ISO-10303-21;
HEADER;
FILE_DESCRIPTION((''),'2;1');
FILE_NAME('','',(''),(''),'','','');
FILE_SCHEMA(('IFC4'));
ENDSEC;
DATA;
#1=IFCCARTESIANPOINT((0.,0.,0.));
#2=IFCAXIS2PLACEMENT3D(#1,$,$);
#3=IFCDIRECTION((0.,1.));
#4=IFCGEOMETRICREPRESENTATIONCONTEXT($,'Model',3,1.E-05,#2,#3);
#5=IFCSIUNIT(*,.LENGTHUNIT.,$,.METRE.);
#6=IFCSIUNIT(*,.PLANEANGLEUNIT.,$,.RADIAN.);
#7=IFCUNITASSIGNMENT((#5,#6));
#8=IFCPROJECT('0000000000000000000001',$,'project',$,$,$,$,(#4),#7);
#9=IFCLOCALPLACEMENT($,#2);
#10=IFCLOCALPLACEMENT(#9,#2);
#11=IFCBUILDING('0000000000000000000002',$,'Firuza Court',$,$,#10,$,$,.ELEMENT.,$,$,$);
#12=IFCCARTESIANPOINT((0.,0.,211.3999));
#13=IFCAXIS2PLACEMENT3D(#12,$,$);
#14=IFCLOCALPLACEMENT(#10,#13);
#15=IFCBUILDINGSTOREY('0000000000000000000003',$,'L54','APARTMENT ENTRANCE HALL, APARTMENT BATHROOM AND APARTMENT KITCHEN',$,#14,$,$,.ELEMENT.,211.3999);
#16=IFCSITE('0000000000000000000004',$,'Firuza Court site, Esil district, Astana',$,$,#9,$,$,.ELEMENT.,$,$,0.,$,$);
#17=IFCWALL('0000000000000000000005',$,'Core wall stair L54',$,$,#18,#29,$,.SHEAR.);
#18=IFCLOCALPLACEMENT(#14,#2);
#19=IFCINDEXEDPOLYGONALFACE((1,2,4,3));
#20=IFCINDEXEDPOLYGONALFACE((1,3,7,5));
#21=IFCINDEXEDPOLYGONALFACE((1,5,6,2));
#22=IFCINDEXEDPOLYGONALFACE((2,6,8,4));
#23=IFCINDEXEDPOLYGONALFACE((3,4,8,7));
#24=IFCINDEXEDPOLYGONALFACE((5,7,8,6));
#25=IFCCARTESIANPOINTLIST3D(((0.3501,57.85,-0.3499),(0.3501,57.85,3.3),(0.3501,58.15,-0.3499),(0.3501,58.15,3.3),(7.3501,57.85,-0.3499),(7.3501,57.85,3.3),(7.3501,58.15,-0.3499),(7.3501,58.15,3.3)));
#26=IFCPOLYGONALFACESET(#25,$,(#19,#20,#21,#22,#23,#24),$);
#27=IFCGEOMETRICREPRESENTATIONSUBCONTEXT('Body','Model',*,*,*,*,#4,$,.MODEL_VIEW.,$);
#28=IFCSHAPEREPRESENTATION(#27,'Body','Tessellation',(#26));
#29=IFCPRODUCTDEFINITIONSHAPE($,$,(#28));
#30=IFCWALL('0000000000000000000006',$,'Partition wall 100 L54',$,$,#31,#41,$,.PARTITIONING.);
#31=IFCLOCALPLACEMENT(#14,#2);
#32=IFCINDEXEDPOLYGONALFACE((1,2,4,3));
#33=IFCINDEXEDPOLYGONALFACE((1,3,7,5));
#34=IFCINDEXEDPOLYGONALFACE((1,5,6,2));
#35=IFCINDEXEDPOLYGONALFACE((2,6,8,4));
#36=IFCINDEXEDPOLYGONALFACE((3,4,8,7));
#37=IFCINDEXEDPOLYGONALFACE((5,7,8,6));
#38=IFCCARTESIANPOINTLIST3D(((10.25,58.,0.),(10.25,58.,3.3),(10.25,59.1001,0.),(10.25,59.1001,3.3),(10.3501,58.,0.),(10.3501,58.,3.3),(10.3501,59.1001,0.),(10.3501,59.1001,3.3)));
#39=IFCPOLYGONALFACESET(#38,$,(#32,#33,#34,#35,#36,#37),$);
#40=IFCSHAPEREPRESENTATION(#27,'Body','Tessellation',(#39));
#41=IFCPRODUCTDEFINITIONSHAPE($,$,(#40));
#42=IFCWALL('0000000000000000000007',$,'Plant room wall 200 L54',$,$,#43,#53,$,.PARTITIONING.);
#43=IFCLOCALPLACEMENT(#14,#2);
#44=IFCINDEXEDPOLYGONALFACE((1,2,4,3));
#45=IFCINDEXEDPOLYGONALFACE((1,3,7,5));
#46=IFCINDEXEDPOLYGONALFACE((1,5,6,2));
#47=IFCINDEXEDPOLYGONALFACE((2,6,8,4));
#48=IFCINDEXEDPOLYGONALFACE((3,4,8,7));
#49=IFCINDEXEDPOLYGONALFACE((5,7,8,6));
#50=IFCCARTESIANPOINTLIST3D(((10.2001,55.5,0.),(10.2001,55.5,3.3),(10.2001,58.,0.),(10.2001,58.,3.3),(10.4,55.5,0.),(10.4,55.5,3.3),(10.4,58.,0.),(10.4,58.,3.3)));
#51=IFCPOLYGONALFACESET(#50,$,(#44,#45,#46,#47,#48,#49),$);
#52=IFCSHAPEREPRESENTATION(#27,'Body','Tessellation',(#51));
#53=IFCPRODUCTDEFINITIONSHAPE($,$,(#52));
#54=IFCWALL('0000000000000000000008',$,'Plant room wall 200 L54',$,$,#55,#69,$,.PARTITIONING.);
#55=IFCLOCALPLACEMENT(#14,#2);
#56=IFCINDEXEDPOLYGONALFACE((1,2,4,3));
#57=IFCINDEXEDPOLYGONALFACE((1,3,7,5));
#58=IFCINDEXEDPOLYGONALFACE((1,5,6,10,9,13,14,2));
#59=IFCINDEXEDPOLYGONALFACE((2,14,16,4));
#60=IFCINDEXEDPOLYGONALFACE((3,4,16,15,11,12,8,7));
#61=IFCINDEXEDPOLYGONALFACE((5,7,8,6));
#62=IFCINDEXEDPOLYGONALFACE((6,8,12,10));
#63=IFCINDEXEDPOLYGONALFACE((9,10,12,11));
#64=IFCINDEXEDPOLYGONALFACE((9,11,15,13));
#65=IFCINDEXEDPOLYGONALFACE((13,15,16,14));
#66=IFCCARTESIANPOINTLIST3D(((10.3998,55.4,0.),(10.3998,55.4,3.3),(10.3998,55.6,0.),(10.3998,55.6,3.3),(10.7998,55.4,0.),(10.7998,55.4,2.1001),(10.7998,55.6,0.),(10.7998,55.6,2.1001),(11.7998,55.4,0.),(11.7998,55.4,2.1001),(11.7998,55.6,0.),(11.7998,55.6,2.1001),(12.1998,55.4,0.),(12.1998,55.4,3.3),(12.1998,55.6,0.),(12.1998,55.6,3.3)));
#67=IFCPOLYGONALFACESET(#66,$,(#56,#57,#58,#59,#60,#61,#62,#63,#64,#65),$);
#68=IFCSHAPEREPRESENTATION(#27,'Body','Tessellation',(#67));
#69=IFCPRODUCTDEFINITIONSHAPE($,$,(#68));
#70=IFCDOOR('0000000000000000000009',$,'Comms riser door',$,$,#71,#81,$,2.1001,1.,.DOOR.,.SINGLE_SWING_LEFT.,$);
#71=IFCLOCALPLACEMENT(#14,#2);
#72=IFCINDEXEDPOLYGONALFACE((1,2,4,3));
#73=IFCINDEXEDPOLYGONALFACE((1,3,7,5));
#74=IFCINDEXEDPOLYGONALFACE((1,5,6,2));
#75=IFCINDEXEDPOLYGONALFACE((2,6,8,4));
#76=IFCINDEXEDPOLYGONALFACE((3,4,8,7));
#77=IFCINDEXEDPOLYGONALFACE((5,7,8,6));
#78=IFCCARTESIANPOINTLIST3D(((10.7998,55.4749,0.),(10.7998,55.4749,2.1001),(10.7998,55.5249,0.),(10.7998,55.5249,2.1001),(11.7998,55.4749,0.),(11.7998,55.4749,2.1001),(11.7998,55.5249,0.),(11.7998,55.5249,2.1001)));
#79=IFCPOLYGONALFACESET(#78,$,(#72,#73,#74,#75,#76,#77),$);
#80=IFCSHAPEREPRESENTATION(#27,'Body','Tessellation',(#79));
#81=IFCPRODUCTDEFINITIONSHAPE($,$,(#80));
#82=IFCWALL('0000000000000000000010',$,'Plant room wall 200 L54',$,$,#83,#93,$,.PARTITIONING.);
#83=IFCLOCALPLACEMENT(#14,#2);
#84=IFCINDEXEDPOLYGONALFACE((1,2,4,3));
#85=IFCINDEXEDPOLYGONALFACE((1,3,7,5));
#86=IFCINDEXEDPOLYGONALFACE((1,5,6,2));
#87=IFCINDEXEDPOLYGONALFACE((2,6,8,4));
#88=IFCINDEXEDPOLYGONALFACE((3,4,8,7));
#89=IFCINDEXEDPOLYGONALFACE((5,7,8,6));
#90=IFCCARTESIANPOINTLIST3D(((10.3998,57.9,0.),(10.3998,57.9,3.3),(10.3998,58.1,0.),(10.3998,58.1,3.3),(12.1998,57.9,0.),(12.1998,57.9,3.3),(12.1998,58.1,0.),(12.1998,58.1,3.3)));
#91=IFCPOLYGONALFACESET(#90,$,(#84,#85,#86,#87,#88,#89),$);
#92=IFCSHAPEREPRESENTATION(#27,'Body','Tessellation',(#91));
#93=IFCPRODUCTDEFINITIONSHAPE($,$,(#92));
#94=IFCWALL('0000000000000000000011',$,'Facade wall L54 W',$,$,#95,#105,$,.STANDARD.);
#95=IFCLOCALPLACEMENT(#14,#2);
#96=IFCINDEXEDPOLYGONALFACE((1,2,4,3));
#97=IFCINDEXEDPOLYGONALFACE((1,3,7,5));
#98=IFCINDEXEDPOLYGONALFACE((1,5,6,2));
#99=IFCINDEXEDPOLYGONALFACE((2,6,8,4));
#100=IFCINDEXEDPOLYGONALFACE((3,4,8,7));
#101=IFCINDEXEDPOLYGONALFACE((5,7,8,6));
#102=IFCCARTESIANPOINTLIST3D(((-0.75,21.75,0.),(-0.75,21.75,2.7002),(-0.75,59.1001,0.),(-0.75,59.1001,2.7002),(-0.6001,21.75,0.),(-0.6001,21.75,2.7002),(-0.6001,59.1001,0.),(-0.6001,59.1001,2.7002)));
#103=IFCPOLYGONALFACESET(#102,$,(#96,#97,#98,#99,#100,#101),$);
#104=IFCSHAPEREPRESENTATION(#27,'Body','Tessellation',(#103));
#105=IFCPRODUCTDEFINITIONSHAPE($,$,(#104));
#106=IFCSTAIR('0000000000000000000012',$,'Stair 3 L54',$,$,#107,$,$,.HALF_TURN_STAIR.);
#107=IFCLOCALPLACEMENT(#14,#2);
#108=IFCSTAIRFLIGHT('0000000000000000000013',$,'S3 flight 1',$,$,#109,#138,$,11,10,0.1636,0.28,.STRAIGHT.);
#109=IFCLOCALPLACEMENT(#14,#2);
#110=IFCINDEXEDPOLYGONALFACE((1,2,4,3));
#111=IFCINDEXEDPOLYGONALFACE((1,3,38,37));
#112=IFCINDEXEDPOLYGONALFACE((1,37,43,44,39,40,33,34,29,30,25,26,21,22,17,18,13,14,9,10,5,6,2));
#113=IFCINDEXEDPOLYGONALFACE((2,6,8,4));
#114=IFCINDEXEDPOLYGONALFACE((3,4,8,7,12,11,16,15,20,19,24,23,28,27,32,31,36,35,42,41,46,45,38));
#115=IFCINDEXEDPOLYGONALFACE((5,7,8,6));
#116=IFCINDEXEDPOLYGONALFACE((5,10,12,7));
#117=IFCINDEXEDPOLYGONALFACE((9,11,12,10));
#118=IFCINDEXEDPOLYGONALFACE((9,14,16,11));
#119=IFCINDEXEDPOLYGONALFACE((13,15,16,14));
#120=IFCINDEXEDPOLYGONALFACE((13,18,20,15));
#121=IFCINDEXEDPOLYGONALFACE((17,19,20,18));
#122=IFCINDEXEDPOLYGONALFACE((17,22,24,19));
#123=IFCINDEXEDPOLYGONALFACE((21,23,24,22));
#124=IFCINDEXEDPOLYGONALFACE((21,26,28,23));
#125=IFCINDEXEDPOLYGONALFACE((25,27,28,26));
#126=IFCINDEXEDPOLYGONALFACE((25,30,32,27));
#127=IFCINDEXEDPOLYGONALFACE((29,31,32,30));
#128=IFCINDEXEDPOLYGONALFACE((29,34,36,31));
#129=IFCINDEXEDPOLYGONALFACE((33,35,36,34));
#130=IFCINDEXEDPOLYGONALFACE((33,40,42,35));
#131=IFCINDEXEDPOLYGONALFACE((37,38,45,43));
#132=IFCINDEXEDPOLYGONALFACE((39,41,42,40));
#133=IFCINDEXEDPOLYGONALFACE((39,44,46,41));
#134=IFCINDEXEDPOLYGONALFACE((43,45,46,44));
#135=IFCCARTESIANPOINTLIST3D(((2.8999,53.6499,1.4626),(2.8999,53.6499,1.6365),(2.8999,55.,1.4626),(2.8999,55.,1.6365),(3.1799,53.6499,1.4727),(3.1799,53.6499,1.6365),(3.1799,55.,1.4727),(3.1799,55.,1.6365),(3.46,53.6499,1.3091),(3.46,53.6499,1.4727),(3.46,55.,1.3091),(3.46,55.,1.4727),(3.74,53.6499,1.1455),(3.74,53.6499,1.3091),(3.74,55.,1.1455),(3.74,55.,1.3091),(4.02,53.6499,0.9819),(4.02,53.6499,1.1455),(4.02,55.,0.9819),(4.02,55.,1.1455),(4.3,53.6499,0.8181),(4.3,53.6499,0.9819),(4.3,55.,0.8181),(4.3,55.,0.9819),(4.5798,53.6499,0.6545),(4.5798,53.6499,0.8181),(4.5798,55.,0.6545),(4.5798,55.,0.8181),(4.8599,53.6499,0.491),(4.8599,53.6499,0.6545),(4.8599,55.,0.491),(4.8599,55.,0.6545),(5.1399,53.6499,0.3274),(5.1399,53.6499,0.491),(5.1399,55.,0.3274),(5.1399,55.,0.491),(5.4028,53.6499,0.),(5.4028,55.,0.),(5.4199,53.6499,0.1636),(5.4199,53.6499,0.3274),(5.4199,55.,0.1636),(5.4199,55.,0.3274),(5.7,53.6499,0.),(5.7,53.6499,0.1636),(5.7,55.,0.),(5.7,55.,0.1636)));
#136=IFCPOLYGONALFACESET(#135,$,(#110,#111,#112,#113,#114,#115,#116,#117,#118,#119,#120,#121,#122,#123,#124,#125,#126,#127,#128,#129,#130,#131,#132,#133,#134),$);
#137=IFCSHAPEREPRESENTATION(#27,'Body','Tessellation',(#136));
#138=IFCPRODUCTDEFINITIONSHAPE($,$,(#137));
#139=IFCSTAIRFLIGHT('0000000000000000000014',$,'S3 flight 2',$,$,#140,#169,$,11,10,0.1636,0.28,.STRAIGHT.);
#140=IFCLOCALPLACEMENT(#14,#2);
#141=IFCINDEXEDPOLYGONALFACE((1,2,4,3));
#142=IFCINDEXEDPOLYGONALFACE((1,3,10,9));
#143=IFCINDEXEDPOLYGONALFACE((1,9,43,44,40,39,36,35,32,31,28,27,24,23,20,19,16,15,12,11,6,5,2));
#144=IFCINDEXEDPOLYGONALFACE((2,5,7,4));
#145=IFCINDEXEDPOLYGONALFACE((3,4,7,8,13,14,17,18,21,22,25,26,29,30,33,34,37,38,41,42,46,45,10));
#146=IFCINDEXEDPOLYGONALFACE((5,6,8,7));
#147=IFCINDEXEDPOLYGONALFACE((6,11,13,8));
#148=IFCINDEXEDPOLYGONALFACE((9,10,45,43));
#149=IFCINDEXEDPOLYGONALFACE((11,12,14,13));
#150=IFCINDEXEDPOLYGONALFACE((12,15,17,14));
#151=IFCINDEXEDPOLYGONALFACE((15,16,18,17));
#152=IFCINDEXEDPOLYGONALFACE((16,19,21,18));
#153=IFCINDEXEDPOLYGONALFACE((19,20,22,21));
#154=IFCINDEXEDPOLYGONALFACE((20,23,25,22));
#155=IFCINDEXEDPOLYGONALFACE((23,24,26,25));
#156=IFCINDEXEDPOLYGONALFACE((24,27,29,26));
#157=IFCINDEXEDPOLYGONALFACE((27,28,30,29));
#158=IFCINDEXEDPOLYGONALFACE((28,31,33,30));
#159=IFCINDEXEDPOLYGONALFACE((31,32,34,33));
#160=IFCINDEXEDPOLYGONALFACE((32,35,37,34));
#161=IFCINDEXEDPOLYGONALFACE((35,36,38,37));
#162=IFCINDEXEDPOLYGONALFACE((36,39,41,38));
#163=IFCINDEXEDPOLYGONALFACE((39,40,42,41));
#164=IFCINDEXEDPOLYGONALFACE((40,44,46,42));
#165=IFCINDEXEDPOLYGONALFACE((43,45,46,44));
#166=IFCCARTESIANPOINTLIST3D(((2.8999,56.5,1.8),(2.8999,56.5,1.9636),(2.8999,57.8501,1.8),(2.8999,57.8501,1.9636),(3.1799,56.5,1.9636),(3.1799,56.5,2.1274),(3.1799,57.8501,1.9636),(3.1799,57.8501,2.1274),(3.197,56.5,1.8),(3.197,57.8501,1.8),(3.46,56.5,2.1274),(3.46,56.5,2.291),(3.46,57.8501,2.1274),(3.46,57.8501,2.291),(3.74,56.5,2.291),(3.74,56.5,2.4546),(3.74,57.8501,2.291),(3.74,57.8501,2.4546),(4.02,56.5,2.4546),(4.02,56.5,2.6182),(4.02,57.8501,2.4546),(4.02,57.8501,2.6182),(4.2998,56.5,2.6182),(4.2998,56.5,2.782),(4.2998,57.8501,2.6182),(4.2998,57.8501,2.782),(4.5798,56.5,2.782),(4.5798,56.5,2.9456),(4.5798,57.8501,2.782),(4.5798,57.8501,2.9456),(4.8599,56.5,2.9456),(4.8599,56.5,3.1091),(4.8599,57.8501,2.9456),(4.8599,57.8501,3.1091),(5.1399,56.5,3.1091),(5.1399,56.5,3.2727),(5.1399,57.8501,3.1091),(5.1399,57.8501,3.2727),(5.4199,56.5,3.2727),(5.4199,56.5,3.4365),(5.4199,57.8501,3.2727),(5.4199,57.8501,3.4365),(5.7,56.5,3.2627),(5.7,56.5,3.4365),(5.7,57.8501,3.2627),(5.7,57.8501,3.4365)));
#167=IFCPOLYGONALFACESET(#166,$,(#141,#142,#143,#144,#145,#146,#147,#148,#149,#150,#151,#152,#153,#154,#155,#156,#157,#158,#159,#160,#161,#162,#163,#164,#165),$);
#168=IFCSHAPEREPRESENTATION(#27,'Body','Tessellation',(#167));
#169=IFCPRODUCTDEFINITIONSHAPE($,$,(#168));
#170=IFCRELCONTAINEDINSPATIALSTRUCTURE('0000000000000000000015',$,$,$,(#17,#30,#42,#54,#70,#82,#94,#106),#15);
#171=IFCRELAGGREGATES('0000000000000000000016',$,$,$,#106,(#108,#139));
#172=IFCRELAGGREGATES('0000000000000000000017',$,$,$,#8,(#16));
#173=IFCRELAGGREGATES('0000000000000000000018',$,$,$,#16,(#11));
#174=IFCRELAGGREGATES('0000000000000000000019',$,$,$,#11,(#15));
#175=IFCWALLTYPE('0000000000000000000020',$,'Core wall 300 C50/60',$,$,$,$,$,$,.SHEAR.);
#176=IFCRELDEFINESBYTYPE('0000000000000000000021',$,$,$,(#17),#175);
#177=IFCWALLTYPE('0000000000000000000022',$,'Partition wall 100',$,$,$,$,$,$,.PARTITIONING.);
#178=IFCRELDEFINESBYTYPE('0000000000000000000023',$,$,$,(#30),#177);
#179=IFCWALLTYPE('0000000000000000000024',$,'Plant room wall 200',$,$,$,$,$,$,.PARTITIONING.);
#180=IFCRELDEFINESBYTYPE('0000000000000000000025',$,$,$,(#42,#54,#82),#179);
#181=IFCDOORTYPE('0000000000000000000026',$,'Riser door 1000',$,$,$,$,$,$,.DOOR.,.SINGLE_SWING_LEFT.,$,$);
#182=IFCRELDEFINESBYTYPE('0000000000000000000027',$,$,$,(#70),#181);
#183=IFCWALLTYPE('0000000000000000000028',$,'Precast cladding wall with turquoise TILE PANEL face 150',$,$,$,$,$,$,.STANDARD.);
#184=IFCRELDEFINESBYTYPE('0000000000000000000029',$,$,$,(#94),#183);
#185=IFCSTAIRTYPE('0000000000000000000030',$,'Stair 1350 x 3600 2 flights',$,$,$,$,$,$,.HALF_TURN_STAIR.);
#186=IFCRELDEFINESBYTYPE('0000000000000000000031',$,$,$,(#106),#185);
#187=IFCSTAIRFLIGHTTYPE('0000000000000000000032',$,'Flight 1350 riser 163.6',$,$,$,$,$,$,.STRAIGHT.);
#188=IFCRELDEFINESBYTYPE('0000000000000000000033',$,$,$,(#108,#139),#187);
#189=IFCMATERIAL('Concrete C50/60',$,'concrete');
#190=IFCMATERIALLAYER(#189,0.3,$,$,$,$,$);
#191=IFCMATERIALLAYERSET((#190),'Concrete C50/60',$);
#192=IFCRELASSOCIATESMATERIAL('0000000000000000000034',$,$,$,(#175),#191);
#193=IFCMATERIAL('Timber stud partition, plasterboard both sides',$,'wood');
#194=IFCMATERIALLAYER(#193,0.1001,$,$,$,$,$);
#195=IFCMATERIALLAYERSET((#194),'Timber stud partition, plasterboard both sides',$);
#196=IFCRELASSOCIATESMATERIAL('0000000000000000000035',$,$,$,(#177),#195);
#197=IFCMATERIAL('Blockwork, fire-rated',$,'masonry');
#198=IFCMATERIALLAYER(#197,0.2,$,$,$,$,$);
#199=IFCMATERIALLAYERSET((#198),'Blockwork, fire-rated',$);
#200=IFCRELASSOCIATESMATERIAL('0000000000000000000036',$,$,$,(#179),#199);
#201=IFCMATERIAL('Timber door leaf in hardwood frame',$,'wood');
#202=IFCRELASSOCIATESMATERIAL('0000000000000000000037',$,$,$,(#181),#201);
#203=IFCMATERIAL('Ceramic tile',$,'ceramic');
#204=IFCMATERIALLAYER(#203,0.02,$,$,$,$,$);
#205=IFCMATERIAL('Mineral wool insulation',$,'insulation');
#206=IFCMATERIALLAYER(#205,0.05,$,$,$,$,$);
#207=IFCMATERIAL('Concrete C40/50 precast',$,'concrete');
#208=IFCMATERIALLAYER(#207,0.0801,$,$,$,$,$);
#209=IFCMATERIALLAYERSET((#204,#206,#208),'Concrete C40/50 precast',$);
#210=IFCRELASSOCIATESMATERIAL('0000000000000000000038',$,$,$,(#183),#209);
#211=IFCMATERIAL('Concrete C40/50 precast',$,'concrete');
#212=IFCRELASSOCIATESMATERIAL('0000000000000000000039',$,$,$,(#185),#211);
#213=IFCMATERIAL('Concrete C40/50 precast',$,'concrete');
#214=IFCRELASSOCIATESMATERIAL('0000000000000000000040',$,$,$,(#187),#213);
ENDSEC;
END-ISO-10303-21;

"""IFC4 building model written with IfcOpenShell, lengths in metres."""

from ifc_helpers import new_model, si_unit, direction, frame, frame_2d, origin, place, context, subcontext, project, spatial, polyline, rectangle, outline, extrude, material, layer, layer_set, type_object, element, fill, aggregate, save


model = new_model("IFC4")

# Units and contexts
model_context = context("Model", 3, precision=1e-05, world=origin(), true_north=direction((0.0, 1.0)))
body_context = subcontext(model_context, "Body", "Model", "MODEL_VIEW")
ifc_project = project(units=[si_unit("LENGTHUNIT", "METRE"), si_unit("PLANEANGLEUNIT", "RADIAN")], contexts=[model_context])

# Site, building, storey
site_placement = place(None, origin())
site = spatial("IfcSite", under=ifc_project, at=site_placement, Name="Firuza Court site, Esil district, Astana", CompositionType="ELEMENT", RefElevation=0.0)
building_placement = place(site_placement, origin())
building = spatial("IfcBuilding", under=site, at=building_placement, Name="Firuza Court", CompositionType="ELEMENT")
storey_placement = place(building_placement, frame((0.0, 0.0, 211.3999)))
storey = spatial("IfcBuildingStorey", under=building, at=storey_placement, Name="L54", Description="APARTMENT ENTRANCE HALL, APARTMENT BATHROOM AND APARTMENT KITCHEN", CompositionType="ELEMENT", Elevation=211.3999)

# Walls
ifc_material_1 = material(Name="Concrete C50/60", Category="concrete")
ifc_layer_1 = layer(ifc_material_1, 0.3)
ifc_layer_set_1 = layer_set([ifc_layer_1], Name="Concrete C50/60")
wall_type_1 = type_object("IfcWallType", Name="Core wall 300 C50/60", PredefinedType="SHEAR", material=ifc_layer_set_1)
wall_1_placement = place(storey_placement, frame((0.3501, 58.0, -0.3499), z_axis=(0.0, 0.0, 1.0), x_axis=(1.0, 0.0, 0.0)))
element("IfcWall", 1, at=wall_1_placement, inside=storey, type_object=wall_type_1, Name="Core wall stair L54", PredefinedType="SHEAR", context=body_context, shape_type="SweptSolid", body=[
    extrude(rectangle(XDim=7.0, YDim=0.3, at=frame_2d((3.5, 0.0))), origin(), (0.0, 0.0, 1.0), 3.6499),
])
ifc_material_2 = material(Name="Timber stud partition, plasterboard both sides", Category="wood")
ifc_layer_2 = layer(ifc_material_2, 0.1001)
ifc_layer_set_2 = layer_set([ifc_layer_2], Name="Timber stud partition, plasterboard both sides")
wall_type_2 = type_object("IfcWallType", Name="Partition wall 100", PredefinedType="PARTITIONING", material=ifc_layer_set_2)
wall_2_placement = place(storey_placement, frame((10.3, 58.0, 0.0), z_axis=(0.0, 0.0, 1.0), x_axis=(0.0, 1.0, 0.0)))
element("IfcWall", 2, at=wall_2_placement, inside=storey, type_object=wall_type_2, Name="Partition wall 100 L54", PredefinedType="PARTITIONING", context=body_context, shape_type="SweptSolid", body=[
    extrude(rectangle(XDim=1.1001, YDim=0.1001, at=frame_2d((0.55, 0.0))), origin(), (0.0, 0.0, 1.0), 3.3),
])
ifc_material_3 = material(Name="Blockwork, fire-rated", Category="masonry")
ifc_layer_3 = layer(ifc_material_3, 0.2)
ifc_layer_set_3 = layer_set([ifc_layer_3], Name="Blockwork, fire-rated")
wall_type_3 = type_object("IfcWallType", Name="Plant room wall 200", PredefinedType="PARTITIONING", material=ifc_layer_set_3)
wall_3_placement = place(storey_placement, frame((10.3, 55.5, 0.0), z_axis=(0.0, 0.0, 1.0), x_axis=(0.0, 1.0, 0.0)))
element("IfcWall", 3, at=wall_3_placement, inside=storey, type_object=wall_type_3, Name="Plant room wall 200 L54", PredefinedType="PARTITIONING", context=body_context, shape_type="SweptSolid", body=[
    extrude(rectangle(XDim=2.5, YDim=0.2, at=frame_2d((1.25, 0.0))), origin(), (0.0, 0.0, 1.0), 3.3),
])

# Wall, opening, door
wall_4_placement = place(storey_placement, frame((10.3999, 55.5, 0.0), z_axis=(0.0, 0.0, 1.0), x_axis=(1.0, 0.0, 0.0)))
wall_4 = element("IfcWall", 4, at=wall_4_placement, inside=storey, type_object=wall_type_3, Name="Plant room wall 200 L54", PredefinedType="PARTITIONING", context=body_context, shape_type="SweptSolid", body=[
    extrude(rectangle(XDim=1.8, YDim=0.2, at=frame_2d((0.8999, 0.0))), origin(), (0.0, 0.0, 1.0), 3.3),
])
opening_placement = place(wall_4_placement, frame((0.3999, 0.0, 0.0)))
opening = element("IfcOpeningElement", 5, at=opening_placement, cuts=wall_4, PredefinedType="OPENING", context=body_context, shape_type="SweptSolid", body=[
    extrude(rectangle(XDim=1.0, YDim=2.1001, at=frame_2d((0.5, 1.05))), frame((0.0, 0.1118, 0.0), z_axis=(0.0, -1.0, 0.0), x_axis=(1.0, 0.0, 0.0)), (0.0, 0.0, 1.0), 0.2239),
])
ifc_material_4 = material(Name="Timber door leaf in hardwood frame", Category="wood")
door_type = type_object("IfcDoorType", Name="Riser door 1000", OperationType="SINGLE_SWING_LEFT", PredefinedType="DOOR", material=ifc_material_4)
door_placement = place(opening_placement, origin())
door = element("IfcDoor", 6, at=door_placement, inside=storey, type_object=door_type, Name="Comms riser door", OperationType="SINGLE_SWING_LEFT", OverallHeight=2.1001, OverallWidth=1.0, PredefinedType="DOOR", context=body_context, shape_type="SweptSolid", body=[
    extrude(rectangle(XDim=1.0, YDim=2.1001, at=frame_2d((0.5, 1.05))), frame((0.0, 0.0249, 0.0), z_axis=(0.0, -1.0, 0.0), x_axis=(1.0, 0.0, 0.0)), (0.0, 0.0, 1.0), 0.05),
])
fill(opening, door)

# Walls
wall_5_placement = place(storey_placement, frame((10.3999, 58.0, 0.0), z_axis=(0.0, 0.0, 1.0), x_axis=(1.0, 0.0, 0.0)))
element("IfcWall", 7, at=wall_5_placement, inside=storey, type_object=wall_type_3, Name="Plant room wall 200 L54", PredefinedType="PARTITIONING", context=body_context, shape_type="SweptSolid", body=[
    extrude(rectangle(XDim=1.8, YDim=0.2, at=frame_2d((0.8999, 0.0))), origin(), (0.0, 0.0, 1.0), 3.3),
])
ifc_material_5 = material(Name="Ceramic tile", Category="ceramic")
ifc_layer_4 = layer(ifc_material_5, 0.02)
ifc_material_6 = material(Name="Mineral wool insulation", Category="insulation")
ifc_layer_5 = layer(ifc_material_6, 0.05)
ifc_material_7 = material(Name="Concrete C40/50 precast", Category="concrete")
ifc_layer_6 = layer(ifc_material_7, 0.0801)
ifc_layer_set_4 = layer_set([ifc_layer_4, ifc_layer_5, ifc_layer_6], Name="Concrete C40/50 precast")
wall_type_4 = type_object("IfcWallType", Name="Precast cladding wall with turquoise TILE PANEL face 150", PredefinedType="STANDARD", material=ifc_layer_set_4)
wall_6_placement = place(storey_placement, frame((-0.675, 59.1001, 0.0), z_axis=(0.0, 0.0, 1.0), x_axis=(0.0, -1.0, 0.0)))
element("IfcWall", 8, at=wall_6_placement, inside=storey, type_object=wall_type_4, Name="Facade wall L54 W", PredefinedType="STANDARD", context=body_context, shape_type="SweptSolid", body=[
    extrude(rectangle(XDim=37.3501, YDim=0.1499, at=frame_2d((18.675, 0.0))), origin(), (0.0, 0.0, 1.0), 2.7002),
])

# Stair, stair flights
ifc_material_8 = material(Name="Concrete C40/50 precast", Category="concrete")
stair_type = type_object("IfcStairType", Name="Stair 1350 x 3600 2 flights", PredefinedType="HALF_TURN_STAIR", material=ifc_material_8)
stair_placement = place(storey_placement, origin())
stair = element("IfcStair", 9, at=stair_placement, inside=storey, type_object=stair_type, Name="Stair 3 L54", PredefinedType="HALF_TURN_STAIR")
ifc_material_9 = material(Name="Concrete C40/50 precast", Category="concrete")
stair_flight_type = type_object("IfcStairFlightType", Name="Flight 1350 riser 163.6", PredefinedType="STRAIGHT", material=ifc_material_9)
stair_flight_1_placement = place(storey_placement, frame((5.7, 54.325, 0.0), z_axis=(0.0, 0.0, 1.0), x_axis=(-1.0, 0.0, 0.0)))
stair_flight_1 = element("IfcStairFlight", 10, at=stair_flight_1_placement, type_object=stair_flight_type, Name="S3 flight 1", NumberOfRisers=11, NumberOfTreads=10, PredefinedType="STRAIGHT", RiserHeight=0.1636, TreadLength=0.28, context=body_context, shape_type="SweptSolid", body=[
    extrude(outline(polyline([(0.0, 0.0), (0.0, 0.1636), (0.28, 0.1636), (0.28, 0.3274), (0.5601, 0.3274), (0.5601, 0.491), (0.8401, 0.491), (0.8401, 0.6545), (1.1201, 0.6545), (1.1201, 0.8181), (1.3999, 0.8181), (1.3999, 0.9819), (1.6799, 0.9819), (1.6799, 1.1455), (1.96, 1.1455), (1.96, 1.3091), (2.24, 1.3091), (2.24, 1.4727), (2.52, 1.4727), (2.52, 1.6365), (2.8, 1.6365), (2.8, 1.8), (2.8, 1.4626), (0.2971, 0.0), (0.0, 0.0)])), frame((0.0, 0.675, 0.0), z_axis=(0.0, -1.0, 0.0), x_axis=(1.0, 0.0, 0.0)), (0.0, 0.0, 1.0), 1.3501),
])
stair_flight_2_placement = place(storey_placement, frame((2.8999, 57.175, 1.8), z_axis=(0.0, 0.0, 1.0), x_axis=(1.0, 0.0, 0.0)))
stair_flight_2 = element("IfcStairFlight", 11, at=stair_flight_2_placement, type_object=stair_flight_type, Name="S3 flight 2", NumberOfRisers=11, NumberOfTreads=10, PredefinedType="STRAIGHT", RiserHeight=0.1636, TreadLength=0.28, context=body_context, shape_type="SweptSolid", body=[
    extrude(outline(polyline([(0.0, 0.0), (0.0, 0.1636), (0.28, 0.1636), (0.28, 0.3274), (0.5601, 0.3274), (0.5601, 0.491), (0.8401, 0.491), (0.8401, 0.6545), (1.1201, 0.6545), (1.1201, 0.8181), (1.3999, 0.8181), (1.3999, 0.9819), (1.6799, 0.9819), (1.6799, 1.1455), (1.96, 1.1455), (1.96, 1.3091), (2.24, 1.3091), (2.24, 1.4727), (2.52, 1.4727), (2.52, 1.6365), (2.8, 1.6365), (2.8, 1.8), (2.8, 1.4626), (0.2971, 0.0), (0.0, 0.0)])), frame((0.0, 0.675, 0.0), z_axis=(0.0, -1.0, 0.0), x_axis=(1.0, 0.0, 0.0)), (0.0, 0.0, 1.0), 1.3501),
])
aggregate(stair, [stair_flight_1, stair_flight_2])

save(model, "model.ifc")
